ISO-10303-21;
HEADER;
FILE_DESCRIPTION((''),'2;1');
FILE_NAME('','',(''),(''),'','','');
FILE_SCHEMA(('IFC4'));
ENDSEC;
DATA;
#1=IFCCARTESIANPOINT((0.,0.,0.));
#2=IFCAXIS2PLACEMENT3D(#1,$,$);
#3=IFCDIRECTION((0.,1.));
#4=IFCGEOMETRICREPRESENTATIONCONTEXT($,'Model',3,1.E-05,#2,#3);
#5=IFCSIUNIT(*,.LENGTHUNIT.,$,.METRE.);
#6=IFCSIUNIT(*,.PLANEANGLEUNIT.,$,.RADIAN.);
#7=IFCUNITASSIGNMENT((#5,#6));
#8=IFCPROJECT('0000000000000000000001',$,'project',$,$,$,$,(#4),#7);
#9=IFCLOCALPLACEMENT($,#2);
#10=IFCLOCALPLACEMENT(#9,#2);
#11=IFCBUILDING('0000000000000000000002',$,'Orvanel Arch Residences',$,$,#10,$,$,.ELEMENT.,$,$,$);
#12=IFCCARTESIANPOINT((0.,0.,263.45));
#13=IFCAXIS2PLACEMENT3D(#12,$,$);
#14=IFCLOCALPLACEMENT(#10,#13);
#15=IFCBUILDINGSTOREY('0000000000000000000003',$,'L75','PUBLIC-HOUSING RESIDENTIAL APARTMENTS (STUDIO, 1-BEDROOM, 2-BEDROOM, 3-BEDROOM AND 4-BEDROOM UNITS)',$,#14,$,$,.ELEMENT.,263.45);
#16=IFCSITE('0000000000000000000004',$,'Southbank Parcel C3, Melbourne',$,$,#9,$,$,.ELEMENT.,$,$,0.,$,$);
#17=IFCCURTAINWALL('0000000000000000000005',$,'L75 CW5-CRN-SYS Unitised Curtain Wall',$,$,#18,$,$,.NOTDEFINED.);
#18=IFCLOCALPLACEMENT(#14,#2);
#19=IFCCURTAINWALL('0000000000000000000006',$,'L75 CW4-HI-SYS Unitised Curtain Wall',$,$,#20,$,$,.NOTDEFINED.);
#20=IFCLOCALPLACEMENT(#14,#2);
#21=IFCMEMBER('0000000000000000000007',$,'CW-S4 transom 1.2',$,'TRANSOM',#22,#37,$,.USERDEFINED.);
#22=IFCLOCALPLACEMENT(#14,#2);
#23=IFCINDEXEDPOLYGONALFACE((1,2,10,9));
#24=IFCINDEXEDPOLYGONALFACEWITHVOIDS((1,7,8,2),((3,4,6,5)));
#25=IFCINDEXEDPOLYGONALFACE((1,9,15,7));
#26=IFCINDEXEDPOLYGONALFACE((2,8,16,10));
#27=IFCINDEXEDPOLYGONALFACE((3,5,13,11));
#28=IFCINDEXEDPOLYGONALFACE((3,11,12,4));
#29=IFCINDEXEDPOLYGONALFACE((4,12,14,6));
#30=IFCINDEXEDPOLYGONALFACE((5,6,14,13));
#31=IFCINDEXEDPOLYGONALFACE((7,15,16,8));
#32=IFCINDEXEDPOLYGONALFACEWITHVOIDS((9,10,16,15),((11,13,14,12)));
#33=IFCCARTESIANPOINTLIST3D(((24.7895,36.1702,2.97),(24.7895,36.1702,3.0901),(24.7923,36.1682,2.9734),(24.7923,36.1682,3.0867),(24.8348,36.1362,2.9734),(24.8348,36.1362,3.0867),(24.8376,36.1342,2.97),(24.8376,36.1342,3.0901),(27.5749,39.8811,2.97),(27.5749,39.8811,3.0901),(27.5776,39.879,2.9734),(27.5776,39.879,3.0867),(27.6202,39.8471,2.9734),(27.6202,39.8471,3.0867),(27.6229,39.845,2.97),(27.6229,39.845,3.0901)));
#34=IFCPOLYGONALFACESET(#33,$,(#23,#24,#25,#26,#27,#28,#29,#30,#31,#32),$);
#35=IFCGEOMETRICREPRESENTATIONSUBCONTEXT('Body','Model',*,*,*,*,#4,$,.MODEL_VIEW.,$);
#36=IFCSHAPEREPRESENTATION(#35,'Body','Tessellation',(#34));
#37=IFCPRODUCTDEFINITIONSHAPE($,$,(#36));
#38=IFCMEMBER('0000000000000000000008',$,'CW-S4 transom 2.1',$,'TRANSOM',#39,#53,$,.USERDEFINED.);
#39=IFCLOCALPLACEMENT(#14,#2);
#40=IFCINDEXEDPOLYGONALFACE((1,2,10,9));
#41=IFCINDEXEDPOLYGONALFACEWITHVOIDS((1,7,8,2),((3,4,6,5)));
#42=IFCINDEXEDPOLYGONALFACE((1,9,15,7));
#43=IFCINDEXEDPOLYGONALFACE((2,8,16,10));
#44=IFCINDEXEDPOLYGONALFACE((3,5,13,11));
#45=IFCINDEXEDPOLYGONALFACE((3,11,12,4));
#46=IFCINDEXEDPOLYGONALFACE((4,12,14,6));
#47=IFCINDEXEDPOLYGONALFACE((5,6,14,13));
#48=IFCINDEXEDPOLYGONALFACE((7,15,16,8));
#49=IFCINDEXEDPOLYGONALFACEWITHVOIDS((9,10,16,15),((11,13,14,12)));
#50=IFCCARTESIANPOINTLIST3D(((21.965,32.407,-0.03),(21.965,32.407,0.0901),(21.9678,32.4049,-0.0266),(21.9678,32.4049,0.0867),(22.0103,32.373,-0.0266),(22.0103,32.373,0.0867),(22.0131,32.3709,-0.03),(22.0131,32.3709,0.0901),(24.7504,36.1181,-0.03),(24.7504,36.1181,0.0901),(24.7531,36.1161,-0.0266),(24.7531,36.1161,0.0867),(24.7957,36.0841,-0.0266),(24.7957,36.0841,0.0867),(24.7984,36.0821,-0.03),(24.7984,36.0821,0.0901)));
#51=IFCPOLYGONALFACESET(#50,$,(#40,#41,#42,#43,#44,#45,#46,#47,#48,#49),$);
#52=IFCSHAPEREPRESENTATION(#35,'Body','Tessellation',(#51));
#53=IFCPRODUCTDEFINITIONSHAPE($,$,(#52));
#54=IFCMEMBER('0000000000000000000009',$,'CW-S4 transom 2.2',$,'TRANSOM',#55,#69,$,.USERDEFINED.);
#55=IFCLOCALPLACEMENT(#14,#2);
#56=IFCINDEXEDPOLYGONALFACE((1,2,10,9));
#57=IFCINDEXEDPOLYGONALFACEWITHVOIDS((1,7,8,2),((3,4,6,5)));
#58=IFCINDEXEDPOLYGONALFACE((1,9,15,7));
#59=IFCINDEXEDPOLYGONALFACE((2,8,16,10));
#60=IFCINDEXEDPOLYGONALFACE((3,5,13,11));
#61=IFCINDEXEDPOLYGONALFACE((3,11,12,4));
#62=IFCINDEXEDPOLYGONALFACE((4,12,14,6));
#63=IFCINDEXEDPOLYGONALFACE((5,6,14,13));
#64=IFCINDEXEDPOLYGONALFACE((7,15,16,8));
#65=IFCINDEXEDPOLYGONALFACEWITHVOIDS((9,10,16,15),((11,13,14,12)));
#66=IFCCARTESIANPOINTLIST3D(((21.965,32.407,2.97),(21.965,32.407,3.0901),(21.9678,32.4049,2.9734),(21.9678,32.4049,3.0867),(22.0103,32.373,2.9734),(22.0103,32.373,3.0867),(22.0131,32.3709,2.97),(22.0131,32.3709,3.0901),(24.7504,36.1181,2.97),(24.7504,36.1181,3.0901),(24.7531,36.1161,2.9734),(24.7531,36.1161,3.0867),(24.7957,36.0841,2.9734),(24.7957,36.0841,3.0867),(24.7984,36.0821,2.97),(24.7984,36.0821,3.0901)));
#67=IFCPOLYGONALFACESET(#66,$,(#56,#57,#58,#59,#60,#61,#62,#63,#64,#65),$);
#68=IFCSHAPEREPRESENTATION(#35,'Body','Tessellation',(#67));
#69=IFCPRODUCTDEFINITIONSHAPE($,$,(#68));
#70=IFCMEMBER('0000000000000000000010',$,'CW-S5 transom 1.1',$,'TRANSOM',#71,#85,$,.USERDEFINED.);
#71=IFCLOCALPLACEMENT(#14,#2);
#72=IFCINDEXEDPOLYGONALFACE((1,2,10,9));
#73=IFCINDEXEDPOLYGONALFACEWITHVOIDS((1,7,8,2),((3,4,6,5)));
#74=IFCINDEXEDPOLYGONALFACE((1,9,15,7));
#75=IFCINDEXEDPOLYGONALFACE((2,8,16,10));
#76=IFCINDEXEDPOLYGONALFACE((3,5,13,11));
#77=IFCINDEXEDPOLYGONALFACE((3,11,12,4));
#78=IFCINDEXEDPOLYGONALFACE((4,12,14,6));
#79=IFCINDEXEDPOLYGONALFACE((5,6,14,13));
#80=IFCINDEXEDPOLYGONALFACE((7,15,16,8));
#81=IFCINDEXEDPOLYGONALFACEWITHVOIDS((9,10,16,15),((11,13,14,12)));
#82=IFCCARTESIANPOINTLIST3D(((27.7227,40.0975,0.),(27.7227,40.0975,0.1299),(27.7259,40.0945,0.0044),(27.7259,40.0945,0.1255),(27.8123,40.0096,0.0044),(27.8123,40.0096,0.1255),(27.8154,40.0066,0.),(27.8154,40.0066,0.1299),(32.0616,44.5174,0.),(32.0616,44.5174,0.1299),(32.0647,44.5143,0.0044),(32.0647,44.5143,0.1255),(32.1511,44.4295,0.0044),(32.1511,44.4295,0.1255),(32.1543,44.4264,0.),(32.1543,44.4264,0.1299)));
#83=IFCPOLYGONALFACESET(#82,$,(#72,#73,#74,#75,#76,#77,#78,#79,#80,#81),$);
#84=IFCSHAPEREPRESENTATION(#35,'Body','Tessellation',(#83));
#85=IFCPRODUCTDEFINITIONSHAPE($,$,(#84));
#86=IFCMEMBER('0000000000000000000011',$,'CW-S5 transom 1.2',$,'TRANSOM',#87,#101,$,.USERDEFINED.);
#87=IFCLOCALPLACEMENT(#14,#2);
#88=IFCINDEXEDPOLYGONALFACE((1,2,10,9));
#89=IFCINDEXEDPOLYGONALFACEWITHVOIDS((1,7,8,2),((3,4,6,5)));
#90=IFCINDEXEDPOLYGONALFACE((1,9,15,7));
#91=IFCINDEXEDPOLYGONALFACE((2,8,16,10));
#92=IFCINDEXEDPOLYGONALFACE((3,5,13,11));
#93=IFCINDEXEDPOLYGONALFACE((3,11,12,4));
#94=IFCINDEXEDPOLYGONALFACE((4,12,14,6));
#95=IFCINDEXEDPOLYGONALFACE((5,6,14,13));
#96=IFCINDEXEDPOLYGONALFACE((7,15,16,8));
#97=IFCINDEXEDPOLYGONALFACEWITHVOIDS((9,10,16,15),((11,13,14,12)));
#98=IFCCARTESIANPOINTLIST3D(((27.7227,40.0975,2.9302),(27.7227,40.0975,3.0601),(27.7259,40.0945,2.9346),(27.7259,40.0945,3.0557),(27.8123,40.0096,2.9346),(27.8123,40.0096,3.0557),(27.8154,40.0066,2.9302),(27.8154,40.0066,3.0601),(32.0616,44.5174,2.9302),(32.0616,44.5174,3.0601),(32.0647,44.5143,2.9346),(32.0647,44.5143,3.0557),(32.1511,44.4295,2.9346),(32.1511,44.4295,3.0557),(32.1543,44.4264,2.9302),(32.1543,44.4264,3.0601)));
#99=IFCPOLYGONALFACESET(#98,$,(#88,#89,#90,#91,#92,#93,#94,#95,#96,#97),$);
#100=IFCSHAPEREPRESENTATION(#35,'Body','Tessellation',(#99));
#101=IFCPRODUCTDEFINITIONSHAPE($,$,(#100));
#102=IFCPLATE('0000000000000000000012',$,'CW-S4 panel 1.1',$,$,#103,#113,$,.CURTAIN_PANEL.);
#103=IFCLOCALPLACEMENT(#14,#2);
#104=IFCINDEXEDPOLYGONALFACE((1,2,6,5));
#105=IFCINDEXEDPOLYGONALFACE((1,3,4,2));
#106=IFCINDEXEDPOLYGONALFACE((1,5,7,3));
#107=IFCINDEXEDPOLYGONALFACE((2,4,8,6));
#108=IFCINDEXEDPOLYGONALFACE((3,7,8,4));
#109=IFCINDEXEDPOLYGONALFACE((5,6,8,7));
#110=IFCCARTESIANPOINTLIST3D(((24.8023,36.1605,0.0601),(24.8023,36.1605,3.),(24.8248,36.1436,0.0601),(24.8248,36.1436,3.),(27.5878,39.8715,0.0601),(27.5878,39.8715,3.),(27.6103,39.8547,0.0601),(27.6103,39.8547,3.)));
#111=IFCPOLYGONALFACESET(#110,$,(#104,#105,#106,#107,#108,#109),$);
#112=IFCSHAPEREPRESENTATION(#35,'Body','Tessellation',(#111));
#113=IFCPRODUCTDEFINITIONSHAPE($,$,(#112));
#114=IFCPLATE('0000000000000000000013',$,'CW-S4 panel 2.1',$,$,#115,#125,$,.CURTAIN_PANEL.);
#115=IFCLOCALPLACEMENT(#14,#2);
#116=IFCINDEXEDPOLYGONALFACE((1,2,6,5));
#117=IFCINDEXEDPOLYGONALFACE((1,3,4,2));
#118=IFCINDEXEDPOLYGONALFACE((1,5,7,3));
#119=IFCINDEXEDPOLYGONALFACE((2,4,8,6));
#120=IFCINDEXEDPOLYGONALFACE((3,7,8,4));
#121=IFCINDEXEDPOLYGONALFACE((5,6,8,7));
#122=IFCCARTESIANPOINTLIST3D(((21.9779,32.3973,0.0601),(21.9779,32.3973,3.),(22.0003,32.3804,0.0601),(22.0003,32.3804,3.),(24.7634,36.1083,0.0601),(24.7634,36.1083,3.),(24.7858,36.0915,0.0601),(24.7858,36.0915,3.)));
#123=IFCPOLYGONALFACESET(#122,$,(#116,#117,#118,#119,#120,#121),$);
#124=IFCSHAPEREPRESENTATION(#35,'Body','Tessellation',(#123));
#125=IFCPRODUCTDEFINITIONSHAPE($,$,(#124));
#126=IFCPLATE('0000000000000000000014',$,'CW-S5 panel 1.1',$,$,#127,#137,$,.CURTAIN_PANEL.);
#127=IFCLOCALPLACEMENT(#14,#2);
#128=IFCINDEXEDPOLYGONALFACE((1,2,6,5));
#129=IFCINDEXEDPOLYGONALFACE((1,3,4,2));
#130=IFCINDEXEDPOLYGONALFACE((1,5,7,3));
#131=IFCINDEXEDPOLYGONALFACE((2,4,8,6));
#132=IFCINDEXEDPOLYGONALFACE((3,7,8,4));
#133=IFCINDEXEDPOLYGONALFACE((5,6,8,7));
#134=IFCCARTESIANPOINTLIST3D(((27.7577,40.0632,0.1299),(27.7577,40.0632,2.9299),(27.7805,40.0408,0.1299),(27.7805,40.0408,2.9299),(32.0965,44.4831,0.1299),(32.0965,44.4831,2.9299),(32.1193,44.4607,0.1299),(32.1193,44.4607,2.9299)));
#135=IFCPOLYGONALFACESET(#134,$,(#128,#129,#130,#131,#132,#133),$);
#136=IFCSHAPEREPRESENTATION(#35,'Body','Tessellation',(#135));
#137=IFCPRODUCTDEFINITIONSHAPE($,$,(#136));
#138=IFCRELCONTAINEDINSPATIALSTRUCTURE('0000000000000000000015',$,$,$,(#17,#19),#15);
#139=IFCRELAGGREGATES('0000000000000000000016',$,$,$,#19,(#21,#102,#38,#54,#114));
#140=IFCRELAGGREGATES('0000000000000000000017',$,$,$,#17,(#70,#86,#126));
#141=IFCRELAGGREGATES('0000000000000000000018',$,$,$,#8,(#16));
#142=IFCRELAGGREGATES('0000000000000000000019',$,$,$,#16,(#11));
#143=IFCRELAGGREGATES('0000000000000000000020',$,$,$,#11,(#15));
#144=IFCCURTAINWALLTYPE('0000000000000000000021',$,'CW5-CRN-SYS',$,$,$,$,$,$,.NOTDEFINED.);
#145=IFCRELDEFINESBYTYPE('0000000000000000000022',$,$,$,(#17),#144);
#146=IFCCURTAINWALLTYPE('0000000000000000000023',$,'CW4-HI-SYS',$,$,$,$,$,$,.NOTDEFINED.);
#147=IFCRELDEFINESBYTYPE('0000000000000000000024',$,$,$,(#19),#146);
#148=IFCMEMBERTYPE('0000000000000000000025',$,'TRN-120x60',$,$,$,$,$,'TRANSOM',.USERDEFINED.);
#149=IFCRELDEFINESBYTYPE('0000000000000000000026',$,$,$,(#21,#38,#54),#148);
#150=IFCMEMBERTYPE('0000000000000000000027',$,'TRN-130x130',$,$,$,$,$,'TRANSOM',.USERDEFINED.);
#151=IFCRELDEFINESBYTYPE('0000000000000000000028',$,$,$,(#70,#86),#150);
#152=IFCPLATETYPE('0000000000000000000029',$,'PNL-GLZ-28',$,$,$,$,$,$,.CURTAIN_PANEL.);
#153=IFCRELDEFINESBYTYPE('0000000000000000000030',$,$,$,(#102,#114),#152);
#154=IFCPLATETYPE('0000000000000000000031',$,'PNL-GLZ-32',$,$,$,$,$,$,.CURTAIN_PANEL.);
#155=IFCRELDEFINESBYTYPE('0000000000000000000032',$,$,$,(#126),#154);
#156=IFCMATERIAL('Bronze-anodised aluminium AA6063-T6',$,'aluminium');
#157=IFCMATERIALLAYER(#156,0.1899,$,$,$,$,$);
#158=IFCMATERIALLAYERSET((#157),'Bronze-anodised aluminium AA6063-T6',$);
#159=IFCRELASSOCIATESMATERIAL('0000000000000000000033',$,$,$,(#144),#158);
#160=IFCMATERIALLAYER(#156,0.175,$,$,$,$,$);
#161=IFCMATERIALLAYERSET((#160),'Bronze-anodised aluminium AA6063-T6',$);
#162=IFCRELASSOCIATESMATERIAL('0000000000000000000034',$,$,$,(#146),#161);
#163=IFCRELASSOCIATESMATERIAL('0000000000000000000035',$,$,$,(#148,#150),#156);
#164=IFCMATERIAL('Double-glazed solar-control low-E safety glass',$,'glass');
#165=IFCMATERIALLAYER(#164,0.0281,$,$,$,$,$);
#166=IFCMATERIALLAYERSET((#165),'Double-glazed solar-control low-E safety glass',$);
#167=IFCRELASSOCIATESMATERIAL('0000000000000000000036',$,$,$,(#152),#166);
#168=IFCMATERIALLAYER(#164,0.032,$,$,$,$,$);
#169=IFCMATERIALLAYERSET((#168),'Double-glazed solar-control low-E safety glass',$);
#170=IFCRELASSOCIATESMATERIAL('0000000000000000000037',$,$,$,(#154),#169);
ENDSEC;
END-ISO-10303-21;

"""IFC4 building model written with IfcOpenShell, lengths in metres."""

from ifc_helpers import new_model, si_unit, direction, frame, origin, origin_2d, place, context, subcontext, project, spatial, rectangle, hollow_rectangle, extrude, material, layer, layer_set, material_profile, profile_set, type_object, element, aggregate, save


model = new_model("IFC4")

# Units and contexts
model_context = context("Model", 3, precision=1e-05, world=origin(), true_north=direction((0.0, 1.0)))
body_context = subcontext(model_context, "Body", "Model", "MODEL_VIEW")
ifc_project = project(units=[si_unit("LENGTHUNIT", "METRE"), si_unit("PLANEANGLEUNIT", "RADIAN")], contexts=[model_context])

# Site, building, storey
site_placement = place(None, origin())
site = spatial("IfcSite", under=ifc_project, at=site_placement, Name="Southbank Parcel C3, Melbourne", CompositionType="ELEMENT", RefElevation=0.0)
building_placement = place(site_placement, origin())
building = spatial("IfcBuilding", under=site, at=building_placement, Name="Orvanel Arch Residences", CompositionType="ELEMENT")
storey_placement = place(building_placement, frame((0.0, 0.0, 263.45)))
storey = spatial("IfcBuildingStorey", under=building, at=storey_placement, Name="L75", Description="PUBLIC-HOUSING RESIDENTIAL APARTMENTS (STUDIO, 1-BEDROOM, 2-BEDROOM, 3-BEDROOM AND 4-BEDROOM UNITS)", CompositionType="ELEMENT", Elevation=263.45)

# Shared definitions
ifc_material_1 = material(Name="Bronze-anodised aluminium AA6063-T6", Category="aluminium")
ifc_layer_1 = layer(ifc_material_1, 0.1899)
ifc_layer_set_1 = layer_set([ifc_layer_1], Name="Bronze-anodised aluminium AA6063-T6")
curtain_wall_type_1 = type_object("IfcCurtainWallType", Name="CW5-CRN-SYS", PredefinedType="NOTDEFINED", material=ifc_layer_set_1)

# Curtain walls
curtain_wall_1_placement = place(storey_placement, origin())
curtain_wall_1 = element("IfcCurtainWall", 1, at=curtain_wall_1_placement, inside=storey, type_object=curtain_wall_type_1, Name="L75 CW5-CRN-SYS Unitised Curtain Wall", PredefinedType="NOTDEFINED")
ifc_layer_2 = layer(ifc_material_1, 0.175)
ifc_layer_set_2 = layer_set([ifc_layer_2], Name="Bronze-anodised aluminium AA6063-T6")
curtain_wall_type_2 = type_object("IfcCurtainWallType", Name="CW4-HI-SYS", PredefinedType="NOTDEFINED", material=ifc_layer_set_2)
curtain_wall_2_placement = place(storey_placement, origin())
curtain_wall_2 = element("IfcCurtainWall", 2, at=curtain_wall_2_placement, inside=storey, type_object=curtain_wall_type_2, Name="L75 CW4-HI-SYS Unitised Curtain Wall", PredefinedType="NOTDEFINED")

# Members
ifc_material_profile_1 = material_profile(ifc_material_1, hollow_rectangle(XDim=0.0601, YDim=0.1201, WallThickness=0.0034, at=origin_2d()), Name="ALU120x60x3.5")
ifc_profile_set_1 = profile_set([ifc_material_profile_1], Name="Bronze-anodised aluminium AA6063-T6")
member_type_1 = type_object("IfcMemberType", Name="TRN-120x60", ElementType="TRANSOM", PredefinedType="USERDEFINED", material=ifc_profile_set_1)
member_1_placement = place(storey_placement, frame((27.5989, 39.863, 3.03), z_axis=(-0.600303, -0.799773, 0.0), x_axis=(0.799773, -0.600303, 0.0)))
member_1 = element("IfcMember", 3, at=member_1_placement, type_object=member_type_1, Name="CW-S4 transom 1.2", ObjectType="TRANSOM", PredefinedType="USERDEFINED", context=body_context, shape_type="SweptSolid", body=[
    extrude(hollow_rectangle(XDim=0.0601, YDim=0.1201, WallThickness=0.0034, at=origin_2d()), origin(), (0.0, 0.0, 1.0), 4.6399),
])
member_2_placement = place(storey_placement, frame((24.7744, 36.1001, 0.03), z_axis=(-0.600278, -0.799792, 0.0), x_axis=(0.799792, -0.600278, 0.0)))
member_2 = element("IfcMember", 4, at=member_2_placement, type_object=member_type_1, Name="CW-S4 transom 2.1", ObjectType="TRANSOM", PredefinedType="USERDEFINED", context=body_context, shape_type="SweptSolid", body=[
    extrude(hollow_rectangle(XDim=0.0601, YDim=0.1201, WallThickness=0.0034, at=origin_2d()), origin(), (0.0, 0.0, 1.0), 4.6401),
])
member_3_placement = place(storey_placement, frame((24.7744, 36.1001, 3.03), z_axis=(-0.600278, -0.799792, 0.0), x_axis=(0.799792, -0.600278, 0.0)))
member_3 = element("IfcMember", 5, at=member_3_placement, type_object=member_type_1, Name="CW-S4 transom 2.2", ObjectType="TRANSOM", PredefinedType="USERDEFINED", context=body_context, shape_type="SweptSolid", body=[
    extrude(hollow_rectangle(XDim=0.0601, YDim=0.1201, WallThickness=0.0034, at=origin_2d()), origin(), (0.0, 0.0, 1.0), 4.6401),
])
ifc_material_profile_2 = material_profile(ifc_material_1, hollow_rectangle(XDim=0.1299, YDim=0.1299, WallThickness=0.0044, at=origin_2d()), Name="ALU130x130x4.5")
ifc_profile_set_2 = profile_set([ifc_material_profile_2], Name="Bronze-anodised aluminium AA6063-T6")
member_type_2 = type_object("IfcMemberType", Name="TRN-130x130", ElementType="TRANSOM", PredefinedType="USERDEFINED", material=ifc_profile_set_2)
member_4_placement = place(storey_placement, frame((32.1079, 44.4719, 0.0649), z_axis=(-0.700533, -0.71362, 0.0), x_axis=(0.71362, -0.700533, 0.0)))
member_4 = element("IfcMember", 6, at=member_4_placement, type_object=member_type_2, Name="CW-S5 transom 1.1", ObjectType="TRANSOM", PredefinedType="USERDEFINED", context=body_context, shape_type="SweptSolid", body=[
    extrude(hollow_rectangle(XDim=0.1299, YDim=0.1299, WallThickness=0.0044, at=origin_2d()), origin(), (0.0, 0.0, 1.0), 6.1936),
])
member_5_placement = place(storey_placement, frame((32.1079, 44.4719, 2.9951), z_axis=(-0.700533, -0.71362, 0.0), x_axis=(0.71362, -0.700533, 0.0)))
member_5 = element("IfcMember", 7, at=member_5_placement, type_object=member_type_2, Name="CW-S5 transom 1.2", ObjectType="TRANSOM", PredefinedType="USERDEFINED", context=body_context, shape_type="SweptSolid", body=[
    extrude(hollow_rectangle(XDim=0.1299, YDim=0.1299, WallThickness=0.0044, at=origin_2d()), origin(), (0.0, 0.0, 1.0), 6.1936),
])

# Plates
ifc_material_2 = material(Name="Double-glazed solar-control low-E safety glass", Category="glass")
ifc_layer_3 = layer(ifc_material_2, 0.0281)
ifc_layer_set_3 = layer_set([ifc_layer_3], Name="Double-glazed solar-control low-E safety glass")
plate_type_1 = type_object("IfcPlateType", Name="PNL-GLZ-28", PredefinedType="CURTAIN_PANEL", material=ifc_layer_set_3)
plate_1_placement = place(storey_placement, frame((26.2063, 38.0076, 0.0601), z_axis=(0.0, 0.0, 1.0), x_axis=(-0.600304, -0.799772, 0.0)))
plate_1 = element("IfcPlate", 8, at=plate_1_placement, type_object=plate_type_1, Name="CW-S4 panel 1.1", PredefinedType="CURTAIN_PANEL", context=body_context, shape_type="SweptSolid", body=[
    extrude(rectangle(XDim=4.6401, YDim=0.0281, at=origin_2d()), origin(), (0.0, 0.0, 1.0), 2.9399),
])
plate_2_placement = place(storey_placement, frame((23.3818, 34.2444, 0.0601), z_axis=(0.0, 0.0, 1.0), x_axis=(-0.600304, -0.799772, 0.0)))
plate_2 = element("IfcPlate", 9, at=plate_2_placement, type_object=plate_type_1, Name="CW-S4 panel 2.1", PredefinedType="CURTAIN_PANEL", context=body_context, shape_type="SweptSolid", body=[
    extrude(rectangle(XDim=4.6401, YDim=0.0281, at=origin_2d()), origin(), (0.0, 0.0, 1.0), 2.9399),
])
aggregate(curtain_wall_2, [member_1, plate_1, member_2, member_3, plate_2])
ifc_layer_4 = layer(ifc_material_2, 0.032)
ifc_layer_set_4 = layer_set([ifc_layer_4], Name="Double-glazed solar-control low-E safety glass")
plate_type_2 = type_object("IfcPlateType", Name="PNL-GLZ-32", PredefinedType="CURTAIN_PANEL", material=ifc_layer_set_4)
plate_3_placement = place(storey_placement, frame((29.9385, 42.262, 0.1299), z_axis=(0.0, 0.0, 1.0), x_axis=(-0.700532, -0.713621, 0.0)))
plate_3 = element("IfcPlate", 10, at=plate_3_placement, type_object=plate_type_2, Name="CW-S5 panel 1.1", PredefinedType="CURTAIN_PANEL", context=body_context, shape_type="SweptSolid", body=[
    extrude(rectangle(XDim=6.1936, YDim=0.032, at=origin_2d()), origin(), (0.0, 0.0, 1.0), 2.8),
])
aggregate(curtain_wall_1, [member_4, member_5, plate_3])

save(model, "model.ifc")
